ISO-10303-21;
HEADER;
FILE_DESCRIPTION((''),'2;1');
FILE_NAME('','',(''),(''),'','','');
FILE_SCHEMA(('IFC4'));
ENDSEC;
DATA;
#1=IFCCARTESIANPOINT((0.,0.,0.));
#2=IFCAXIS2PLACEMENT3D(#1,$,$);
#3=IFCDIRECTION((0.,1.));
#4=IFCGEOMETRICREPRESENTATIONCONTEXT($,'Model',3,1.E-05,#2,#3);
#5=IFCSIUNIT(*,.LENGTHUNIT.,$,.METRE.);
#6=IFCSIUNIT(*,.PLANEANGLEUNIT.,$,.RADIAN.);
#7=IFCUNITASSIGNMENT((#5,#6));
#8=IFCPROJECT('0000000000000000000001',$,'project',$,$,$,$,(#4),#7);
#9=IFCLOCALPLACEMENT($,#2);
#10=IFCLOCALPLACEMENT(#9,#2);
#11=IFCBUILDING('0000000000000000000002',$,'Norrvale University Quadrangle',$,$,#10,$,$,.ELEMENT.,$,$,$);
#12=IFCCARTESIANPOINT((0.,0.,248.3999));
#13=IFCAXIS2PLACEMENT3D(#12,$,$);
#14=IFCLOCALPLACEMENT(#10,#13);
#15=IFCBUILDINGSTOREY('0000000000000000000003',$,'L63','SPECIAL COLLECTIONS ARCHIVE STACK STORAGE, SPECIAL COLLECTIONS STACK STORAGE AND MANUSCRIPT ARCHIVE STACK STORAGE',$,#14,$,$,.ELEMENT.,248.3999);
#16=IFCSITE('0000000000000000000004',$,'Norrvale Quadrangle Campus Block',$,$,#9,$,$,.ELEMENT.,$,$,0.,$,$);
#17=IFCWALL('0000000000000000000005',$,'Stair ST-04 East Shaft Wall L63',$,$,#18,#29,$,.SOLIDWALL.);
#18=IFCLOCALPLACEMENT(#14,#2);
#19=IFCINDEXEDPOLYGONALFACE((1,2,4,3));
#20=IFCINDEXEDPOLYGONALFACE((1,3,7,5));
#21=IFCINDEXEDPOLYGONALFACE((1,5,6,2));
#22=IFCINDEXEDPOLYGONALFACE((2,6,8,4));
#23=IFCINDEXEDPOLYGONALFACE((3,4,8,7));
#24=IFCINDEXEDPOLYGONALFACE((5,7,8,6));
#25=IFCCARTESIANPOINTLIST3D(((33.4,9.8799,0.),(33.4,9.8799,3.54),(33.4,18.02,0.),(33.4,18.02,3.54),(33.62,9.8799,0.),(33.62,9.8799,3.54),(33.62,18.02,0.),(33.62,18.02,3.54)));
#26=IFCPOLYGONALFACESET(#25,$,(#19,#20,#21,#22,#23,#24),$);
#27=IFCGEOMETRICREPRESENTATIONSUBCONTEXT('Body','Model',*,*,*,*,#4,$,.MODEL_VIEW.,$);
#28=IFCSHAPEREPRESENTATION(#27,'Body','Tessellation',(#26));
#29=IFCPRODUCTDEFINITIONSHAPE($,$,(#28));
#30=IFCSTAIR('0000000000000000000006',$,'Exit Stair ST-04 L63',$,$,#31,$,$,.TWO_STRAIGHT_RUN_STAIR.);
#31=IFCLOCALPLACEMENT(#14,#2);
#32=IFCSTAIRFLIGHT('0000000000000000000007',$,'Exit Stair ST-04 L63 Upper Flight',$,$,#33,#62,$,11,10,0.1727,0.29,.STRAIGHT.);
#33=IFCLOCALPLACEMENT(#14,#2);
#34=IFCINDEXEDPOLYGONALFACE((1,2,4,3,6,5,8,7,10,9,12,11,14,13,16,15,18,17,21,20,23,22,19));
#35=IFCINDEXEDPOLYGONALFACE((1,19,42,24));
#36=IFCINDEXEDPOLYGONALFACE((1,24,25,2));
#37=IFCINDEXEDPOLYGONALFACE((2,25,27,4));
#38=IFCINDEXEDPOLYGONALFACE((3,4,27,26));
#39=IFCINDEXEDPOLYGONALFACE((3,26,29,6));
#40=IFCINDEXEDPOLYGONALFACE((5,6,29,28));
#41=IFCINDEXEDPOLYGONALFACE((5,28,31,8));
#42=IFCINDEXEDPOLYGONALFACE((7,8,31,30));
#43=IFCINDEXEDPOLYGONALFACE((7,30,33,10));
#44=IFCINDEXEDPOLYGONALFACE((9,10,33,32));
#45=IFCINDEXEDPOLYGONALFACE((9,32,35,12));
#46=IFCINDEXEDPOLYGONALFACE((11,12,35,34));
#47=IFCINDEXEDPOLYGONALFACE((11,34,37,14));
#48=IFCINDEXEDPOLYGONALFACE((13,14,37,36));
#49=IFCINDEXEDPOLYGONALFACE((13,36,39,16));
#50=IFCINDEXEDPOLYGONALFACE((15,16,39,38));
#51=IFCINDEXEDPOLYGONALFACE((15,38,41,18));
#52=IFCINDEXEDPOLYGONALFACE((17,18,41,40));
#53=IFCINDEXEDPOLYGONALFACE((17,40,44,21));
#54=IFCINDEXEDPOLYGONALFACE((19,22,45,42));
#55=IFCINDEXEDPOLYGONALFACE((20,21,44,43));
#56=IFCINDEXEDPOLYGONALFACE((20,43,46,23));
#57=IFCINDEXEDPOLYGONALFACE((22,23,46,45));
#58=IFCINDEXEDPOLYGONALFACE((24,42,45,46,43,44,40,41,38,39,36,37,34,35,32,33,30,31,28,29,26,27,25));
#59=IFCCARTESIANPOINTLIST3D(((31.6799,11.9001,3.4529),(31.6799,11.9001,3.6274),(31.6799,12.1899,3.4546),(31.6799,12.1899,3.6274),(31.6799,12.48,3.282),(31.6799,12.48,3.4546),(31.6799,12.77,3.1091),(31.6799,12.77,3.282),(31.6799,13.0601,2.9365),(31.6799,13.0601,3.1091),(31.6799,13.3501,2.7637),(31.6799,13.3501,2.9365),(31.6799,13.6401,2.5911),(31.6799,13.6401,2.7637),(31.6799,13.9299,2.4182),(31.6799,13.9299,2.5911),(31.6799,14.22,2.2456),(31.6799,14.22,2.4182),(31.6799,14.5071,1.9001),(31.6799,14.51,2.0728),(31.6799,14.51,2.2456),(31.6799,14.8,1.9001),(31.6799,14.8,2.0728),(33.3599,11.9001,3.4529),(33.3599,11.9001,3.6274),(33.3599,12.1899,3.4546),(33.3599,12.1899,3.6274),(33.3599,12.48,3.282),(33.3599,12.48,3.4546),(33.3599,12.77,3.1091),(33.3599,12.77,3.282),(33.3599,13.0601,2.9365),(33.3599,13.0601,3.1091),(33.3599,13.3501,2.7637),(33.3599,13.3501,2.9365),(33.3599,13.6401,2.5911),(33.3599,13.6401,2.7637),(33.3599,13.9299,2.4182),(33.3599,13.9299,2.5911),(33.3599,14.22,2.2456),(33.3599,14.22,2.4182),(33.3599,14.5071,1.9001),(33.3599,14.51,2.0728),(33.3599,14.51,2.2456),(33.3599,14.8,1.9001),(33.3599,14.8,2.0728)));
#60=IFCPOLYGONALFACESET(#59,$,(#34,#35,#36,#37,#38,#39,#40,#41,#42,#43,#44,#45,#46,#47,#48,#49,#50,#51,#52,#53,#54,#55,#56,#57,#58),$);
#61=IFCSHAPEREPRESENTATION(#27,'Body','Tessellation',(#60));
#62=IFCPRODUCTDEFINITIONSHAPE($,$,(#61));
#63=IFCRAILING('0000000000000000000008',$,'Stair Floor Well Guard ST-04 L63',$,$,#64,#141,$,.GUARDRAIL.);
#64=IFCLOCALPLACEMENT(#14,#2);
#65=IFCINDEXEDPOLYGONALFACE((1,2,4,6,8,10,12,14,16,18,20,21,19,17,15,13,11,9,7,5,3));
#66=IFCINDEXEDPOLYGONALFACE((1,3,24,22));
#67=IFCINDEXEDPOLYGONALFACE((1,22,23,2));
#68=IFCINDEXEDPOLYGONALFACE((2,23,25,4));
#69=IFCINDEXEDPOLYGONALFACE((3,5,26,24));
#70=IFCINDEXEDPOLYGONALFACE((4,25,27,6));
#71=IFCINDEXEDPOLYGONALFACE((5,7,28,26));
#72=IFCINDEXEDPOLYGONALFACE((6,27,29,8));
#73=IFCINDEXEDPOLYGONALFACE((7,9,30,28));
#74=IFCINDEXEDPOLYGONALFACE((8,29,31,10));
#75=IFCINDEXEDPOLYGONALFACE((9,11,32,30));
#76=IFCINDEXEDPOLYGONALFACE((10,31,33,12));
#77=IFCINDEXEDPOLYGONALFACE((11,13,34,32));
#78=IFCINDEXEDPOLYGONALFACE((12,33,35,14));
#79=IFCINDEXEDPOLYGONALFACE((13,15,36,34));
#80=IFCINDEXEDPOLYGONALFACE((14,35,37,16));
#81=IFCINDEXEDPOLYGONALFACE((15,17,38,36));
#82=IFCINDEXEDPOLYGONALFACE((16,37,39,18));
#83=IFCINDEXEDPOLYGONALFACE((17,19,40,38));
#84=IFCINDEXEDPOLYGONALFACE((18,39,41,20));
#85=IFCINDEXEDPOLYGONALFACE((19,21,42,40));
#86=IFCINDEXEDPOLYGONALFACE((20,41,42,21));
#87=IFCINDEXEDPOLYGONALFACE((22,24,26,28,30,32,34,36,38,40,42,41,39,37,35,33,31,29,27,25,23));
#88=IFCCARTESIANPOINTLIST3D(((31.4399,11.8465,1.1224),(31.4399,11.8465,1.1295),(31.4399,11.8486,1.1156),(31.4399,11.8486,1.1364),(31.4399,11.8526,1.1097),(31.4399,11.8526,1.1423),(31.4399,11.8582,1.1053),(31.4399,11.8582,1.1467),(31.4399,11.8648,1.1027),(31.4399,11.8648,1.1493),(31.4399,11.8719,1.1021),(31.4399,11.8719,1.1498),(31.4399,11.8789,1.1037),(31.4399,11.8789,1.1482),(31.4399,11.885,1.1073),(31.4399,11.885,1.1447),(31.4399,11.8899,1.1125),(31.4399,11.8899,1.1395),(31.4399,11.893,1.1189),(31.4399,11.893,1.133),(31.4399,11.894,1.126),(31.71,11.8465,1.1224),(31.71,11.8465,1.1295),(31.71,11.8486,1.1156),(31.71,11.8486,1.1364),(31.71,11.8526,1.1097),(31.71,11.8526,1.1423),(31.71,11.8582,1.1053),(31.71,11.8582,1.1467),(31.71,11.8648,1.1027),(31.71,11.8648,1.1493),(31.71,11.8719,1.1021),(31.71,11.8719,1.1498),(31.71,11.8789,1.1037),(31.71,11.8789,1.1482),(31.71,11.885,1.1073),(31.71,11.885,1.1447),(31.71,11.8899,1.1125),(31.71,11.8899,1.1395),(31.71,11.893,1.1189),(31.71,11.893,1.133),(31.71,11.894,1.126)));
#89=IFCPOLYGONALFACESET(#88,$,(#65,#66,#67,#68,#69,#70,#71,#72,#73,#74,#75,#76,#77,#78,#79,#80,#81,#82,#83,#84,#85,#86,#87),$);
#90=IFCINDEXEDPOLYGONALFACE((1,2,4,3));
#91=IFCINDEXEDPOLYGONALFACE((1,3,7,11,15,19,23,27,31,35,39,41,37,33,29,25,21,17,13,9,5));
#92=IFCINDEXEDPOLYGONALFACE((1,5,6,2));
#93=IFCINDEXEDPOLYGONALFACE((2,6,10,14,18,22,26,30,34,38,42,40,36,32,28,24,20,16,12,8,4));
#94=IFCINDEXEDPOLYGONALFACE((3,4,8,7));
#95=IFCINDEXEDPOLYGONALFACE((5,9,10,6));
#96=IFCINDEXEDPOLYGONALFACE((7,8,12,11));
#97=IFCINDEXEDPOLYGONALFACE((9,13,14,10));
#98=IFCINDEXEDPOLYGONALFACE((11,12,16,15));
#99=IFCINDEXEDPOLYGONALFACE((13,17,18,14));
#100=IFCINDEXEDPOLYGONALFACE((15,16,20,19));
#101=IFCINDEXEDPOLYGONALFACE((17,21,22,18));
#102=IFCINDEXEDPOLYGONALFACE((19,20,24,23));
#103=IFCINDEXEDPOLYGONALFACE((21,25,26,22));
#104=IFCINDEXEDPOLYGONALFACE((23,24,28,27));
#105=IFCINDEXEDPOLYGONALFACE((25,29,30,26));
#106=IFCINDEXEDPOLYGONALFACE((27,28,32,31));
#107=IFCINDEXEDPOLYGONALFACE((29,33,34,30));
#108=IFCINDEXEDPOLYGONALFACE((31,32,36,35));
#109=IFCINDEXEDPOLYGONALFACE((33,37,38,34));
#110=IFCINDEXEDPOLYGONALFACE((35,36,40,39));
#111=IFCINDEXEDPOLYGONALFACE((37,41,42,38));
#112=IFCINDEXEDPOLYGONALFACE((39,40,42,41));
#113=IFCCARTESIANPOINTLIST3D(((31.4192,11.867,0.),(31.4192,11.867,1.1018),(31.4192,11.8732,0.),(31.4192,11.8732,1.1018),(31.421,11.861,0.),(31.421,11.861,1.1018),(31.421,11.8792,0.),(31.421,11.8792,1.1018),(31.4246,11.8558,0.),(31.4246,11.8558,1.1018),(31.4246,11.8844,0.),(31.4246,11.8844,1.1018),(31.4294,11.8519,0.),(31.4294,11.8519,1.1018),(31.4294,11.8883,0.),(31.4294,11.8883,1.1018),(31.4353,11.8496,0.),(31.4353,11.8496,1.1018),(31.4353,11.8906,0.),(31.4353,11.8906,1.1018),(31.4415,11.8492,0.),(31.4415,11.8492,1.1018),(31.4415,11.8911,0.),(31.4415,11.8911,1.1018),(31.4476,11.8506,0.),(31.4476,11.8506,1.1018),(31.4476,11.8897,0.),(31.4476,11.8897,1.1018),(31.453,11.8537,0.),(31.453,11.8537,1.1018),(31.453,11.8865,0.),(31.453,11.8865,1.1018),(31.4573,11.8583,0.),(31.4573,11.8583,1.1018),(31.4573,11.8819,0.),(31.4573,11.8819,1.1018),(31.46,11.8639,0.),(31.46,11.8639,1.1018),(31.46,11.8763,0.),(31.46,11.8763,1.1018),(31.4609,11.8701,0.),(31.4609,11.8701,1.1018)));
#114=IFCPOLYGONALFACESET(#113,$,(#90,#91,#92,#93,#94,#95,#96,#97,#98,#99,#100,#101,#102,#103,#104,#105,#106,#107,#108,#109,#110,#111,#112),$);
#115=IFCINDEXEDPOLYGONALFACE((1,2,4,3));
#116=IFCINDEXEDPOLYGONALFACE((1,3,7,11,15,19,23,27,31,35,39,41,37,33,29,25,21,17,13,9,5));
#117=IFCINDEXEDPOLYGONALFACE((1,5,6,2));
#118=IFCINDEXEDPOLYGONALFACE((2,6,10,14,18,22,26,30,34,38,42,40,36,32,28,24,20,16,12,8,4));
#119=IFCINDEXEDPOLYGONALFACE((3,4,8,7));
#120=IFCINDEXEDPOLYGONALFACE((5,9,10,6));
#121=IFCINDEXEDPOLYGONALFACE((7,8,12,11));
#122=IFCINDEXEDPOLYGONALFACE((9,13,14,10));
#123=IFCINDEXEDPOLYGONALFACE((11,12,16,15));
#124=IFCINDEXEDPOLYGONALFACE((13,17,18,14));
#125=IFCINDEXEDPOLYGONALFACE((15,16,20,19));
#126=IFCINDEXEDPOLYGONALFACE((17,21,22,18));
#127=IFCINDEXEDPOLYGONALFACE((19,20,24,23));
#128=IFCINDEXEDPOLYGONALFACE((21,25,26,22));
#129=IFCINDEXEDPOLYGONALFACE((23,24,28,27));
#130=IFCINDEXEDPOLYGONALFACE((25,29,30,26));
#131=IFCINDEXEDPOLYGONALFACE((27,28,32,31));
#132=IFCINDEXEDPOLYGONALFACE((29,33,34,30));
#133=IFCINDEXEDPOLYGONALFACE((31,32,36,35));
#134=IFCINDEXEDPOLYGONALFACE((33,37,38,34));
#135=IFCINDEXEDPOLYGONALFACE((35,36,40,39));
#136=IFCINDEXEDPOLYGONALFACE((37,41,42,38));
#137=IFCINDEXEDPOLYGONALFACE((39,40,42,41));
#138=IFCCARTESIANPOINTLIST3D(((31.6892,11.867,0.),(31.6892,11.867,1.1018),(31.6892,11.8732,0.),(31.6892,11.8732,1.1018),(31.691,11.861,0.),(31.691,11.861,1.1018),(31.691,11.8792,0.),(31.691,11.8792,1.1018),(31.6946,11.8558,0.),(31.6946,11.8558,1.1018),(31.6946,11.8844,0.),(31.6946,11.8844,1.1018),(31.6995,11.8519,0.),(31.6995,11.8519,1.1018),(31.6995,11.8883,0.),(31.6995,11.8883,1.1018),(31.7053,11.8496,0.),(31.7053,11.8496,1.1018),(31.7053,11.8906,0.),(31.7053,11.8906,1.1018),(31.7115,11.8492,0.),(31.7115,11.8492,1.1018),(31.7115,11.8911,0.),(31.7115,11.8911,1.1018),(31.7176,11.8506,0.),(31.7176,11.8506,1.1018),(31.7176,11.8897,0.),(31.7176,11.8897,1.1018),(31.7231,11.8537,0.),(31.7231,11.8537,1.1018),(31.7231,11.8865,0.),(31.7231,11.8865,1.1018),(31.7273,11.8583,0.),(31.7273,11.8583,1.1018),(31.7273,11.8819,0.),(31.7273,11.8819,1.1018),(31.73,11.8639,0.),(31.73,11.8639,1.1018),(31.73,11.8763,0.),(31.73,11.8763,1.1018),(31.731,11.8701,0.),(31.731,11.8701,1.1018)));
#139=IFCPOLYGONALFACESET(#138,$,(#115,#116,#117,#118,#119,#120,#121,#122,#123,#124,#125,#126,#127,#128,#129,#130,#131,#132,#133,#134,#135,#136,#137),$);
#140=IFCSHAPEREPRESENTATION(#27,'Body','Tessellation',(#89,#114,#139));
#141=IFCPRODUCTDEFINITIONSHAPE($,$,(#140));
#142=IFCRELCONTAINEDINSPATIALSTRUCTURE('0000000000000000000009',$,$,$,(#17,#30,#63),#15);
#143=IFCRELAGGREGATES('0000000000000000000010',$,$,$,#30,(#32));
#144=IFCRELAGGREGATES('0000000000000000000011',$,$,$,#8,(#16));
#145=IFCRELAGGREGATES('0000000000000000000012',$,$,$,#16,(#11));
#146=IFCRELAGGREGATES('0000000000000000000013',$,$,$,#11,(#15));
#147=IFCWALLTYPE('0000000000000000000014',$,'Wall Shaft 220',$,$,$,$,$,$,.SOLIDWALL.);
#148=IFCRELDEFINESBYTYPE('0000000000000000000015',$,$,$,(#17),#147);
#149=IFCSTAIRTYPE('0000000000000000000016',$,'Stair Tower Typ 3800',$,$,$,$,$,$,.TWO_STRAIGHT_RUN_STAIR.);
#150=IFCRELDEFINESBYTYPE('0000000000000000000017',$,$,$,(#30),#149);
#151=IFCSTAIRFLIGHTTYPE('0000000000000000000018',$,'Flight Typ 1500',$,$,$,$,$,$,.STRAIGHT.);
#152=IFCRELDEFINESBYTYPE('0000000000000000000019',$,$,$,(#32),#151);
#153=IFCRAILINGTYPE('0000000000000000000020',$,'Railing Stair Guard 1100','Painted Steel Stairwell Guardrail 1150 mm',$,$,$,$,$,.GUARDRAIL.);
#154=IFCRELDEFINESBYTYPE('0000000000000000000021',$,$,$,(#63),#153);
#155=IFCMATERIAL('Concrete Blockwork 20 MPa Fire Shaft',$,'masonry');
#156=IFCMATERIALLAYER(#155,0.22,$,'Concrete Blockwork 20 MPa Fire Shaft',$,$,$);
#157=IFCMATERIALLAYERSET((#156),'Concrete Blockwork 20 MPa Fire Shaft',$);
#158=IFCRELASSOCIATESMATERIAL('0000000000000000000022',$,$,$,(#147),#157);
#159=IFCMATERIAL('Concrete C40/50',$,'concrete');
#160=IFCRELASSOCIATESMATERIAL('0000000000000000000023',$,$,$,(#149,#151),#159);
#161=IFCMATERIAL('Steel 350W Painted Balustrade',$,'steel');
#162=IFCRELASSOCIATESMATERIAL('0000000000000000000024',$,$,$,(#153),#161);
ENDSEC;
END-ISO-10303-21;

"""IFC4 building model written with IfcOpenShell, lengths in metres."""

from ifc_helpers import new_model, si_unit, direction, frame, frame_2d, origin, origin_2d, place, context, subcontext, project, spatial, polyline, rectangle, circle, outline, extrude, material, layer, layer_set, type_object, element, aggregate, save


model = new_model("IFC4")

# Units and contexts
model_context = context("Model", 3, precision=1e-05, world=origin(), true_north=direction((0.0, 1.0)))
body_context = subcontext(model_context, "Body", "Model", "MODEL_VIEW")
ifc_project = project(units=[si_unit("LENGTHUNIT", "METRE"), si_unit("PLANEANGLEUNIT", "RADIAN")], contexts=[model_context])

# Site, building, storey
site_placement = place(None, origin())
site = spatial("IfcSite", under=ifc_project, at=site_placement, Name="Norrvale Quadrangle Campus Block", CompositionType="ELEMENT", RefElevation=0.0)
building_placement = place(site_placement, origin())
building = spatial("IfcBuilding", under=site, at=building_placement, Name="Norrvale University Quadrangle", CompositionType="ELEMENT")
storey_placement = place(building_placement, frame((0.0, 0.0, 248.3999)))
storey = spatial("IfcBuildingStorey", under=building, at=storey_placement, Name="L63", Description="SPECIAL COLLECTIONS ARCHIVE STACK STORAGE, SPECIAL COLLECTIONS STACK STORAGE AND MANUSCRIPT ARCHIVE STACK STORAGE", CompositionType="ELEMENT", Elevation=248.3999)

# Wall
ifc_material_1 = material(Name="Concrete Blockwork 20 MPa Fire Shaft", Category="masonry")
ifc_layer = layer(ifc_material_1, 0.22, Name="Concrete Blockwork 20 MPa Fire Shaft")
ifc_layer_set = layer_set([ifc_layer], Name="Concrete Blockwork 20 MPa Fire Shaft")
wall_type = type_object("IfcWallType", Name="Wall Shaft 220", PredefinedType="SOLIDWALL", material=ifc_layer_set)
wall_placement = place(storey_placement, frame((33.51, 9.8799, 0.0), z_axis=(0.0, 0.0, 1.0), x_axis=(0.0, 1.0, 0.0)))
element("IfcWall", 1, at=wall_placement, inside=storey, type_object=wall_type, Name="Stair ST-04 East Shaft Wall L63", PredefinedType="SOLIDWALL", context=body_context, shape_type="SweptSolid", body=[
    extrude(rectangle(XDim=8.1401, YDim=0.22, at=frame_2d((4.0701, 0.0))), origin(), (0.0, 0.0, 1.0), 3.54),
])

# Stair, stair flight
ifc_material_2 = material(Name="Concrete C40/50", Category="concrete")
stair_type = type_object("IfcStairType", Name="Stair Tower Typ 3800", PredefinedType="TWO_STRAIGHT_RUN_STAIR", material=ifc_material_2)
stair_placement = place(storey_placement, origin())
stair = element("IfcStair", 2, at=stair_placement, inside=storey, type_object=stair_type, Name="Exit Stair ST-04 L63", PredefinedType="TWO_STRAIGHT_RUN_STAIR")
stair_flight_type = type_object("IfcStairFlightType", Name="Flight Typ 1500", PredefinedType="STRAIGHT", material=ifc_material_2)
stair_flight_placement = place(storey_placement, frame((32.52, 14.8, 1.9001), z_axis=(0.0, 0.0, 1.0), x_axis=(0.0, -1.0, 0.0)))
stair_flight = element("IfcStairFlight", 3, at=stair_flight_placement, type_object=stair_flight_type, Name="Exit Stair ST-04 L63 Upper Flight", NumberOfRisers=11, NumberOfTreads=10, PredefinedType="STRAIGHT", RiserHeight=0.1727, TreadLength=0.29, context=body_context, shape_type="SweptSolid", body=[
    extrude(outline(polyline([(0.0, 0.0), (0.0, 0.1726), (0.29, 0.1726), (0.29, 0.3455), (0.5801, 0.3455), (0.5801, 0.5181), (0.8701, 0.5181), (0.8701, 0.6909), (1.1599, 0.6909), (1.1599, 0.8635), (1.45, 0.8635), (1.45, 1.0364), (1.74, 1.0364), (1.74, 1.209), (2.03, 1.209), (2.03, 1.3818), (2.3201, 1.3818), (2.3201, 1.5544), (2.6101, 1.5544), (2.6101, 1.7273), (2.8999, 1.7273), (2.8999, 1.8999), (2.8999, 1.5527), (0.293, 0.0), (0.0, 0.0)])), frame((0.0, 0.8398, 0.0), z_axis=(0.0, -1.0, 0.0), x_axis=(1.0, 0.0, 0.0)), (0.0, 0.0, 1.0), 1.6799),
])
aggregate(stair, [stair_flight])

# Railing
ifc_material_3 = material(Name="Steel 350W Painted Balustrade", Category="steel")
railing_type_1 = type_object("IfcRailingType", Name="Railing Stair Guard 1100", Description="Painted Steel Stairwell Guardrail 1150 mm", PredefinedType="GUARDRAIL", material=ifc_material_3)
for number, where, name in (
    (4, (31.4399, 11.8701, 0.0), "Stair Floor Well Guard ST-04 L63"),
):
    element("IfcRailing", number, at=place(storey_placement, frame(where)), inside=storey, type_object=railing_type_1, Name=name, PredefinedType="GUARDRAIL", context=body_context, shape_type="SweptSolid", body=[
        extrude(circle(Radius=0.0239, at=origin_2d()), frame((0.0, 0.0, 1.126), z_axis=(1.0, 0.0, 0.0), x_axis=(0.0, 1.0, 0.0)), (0.0, 0.0, 1.0), 0.27),
        extrude(circle(Radius=0.021, at=origin_2d()), origin(), (0.0, 0.0, 1.0), 1.1018),
        extrude(circle(Radius=0.021, at=origin_2d()), frame((0.27, 0.0, 0.0)), (0.0, 0.0, 1.0), 1.1018),
    ])

save(model, "model.ifc")
